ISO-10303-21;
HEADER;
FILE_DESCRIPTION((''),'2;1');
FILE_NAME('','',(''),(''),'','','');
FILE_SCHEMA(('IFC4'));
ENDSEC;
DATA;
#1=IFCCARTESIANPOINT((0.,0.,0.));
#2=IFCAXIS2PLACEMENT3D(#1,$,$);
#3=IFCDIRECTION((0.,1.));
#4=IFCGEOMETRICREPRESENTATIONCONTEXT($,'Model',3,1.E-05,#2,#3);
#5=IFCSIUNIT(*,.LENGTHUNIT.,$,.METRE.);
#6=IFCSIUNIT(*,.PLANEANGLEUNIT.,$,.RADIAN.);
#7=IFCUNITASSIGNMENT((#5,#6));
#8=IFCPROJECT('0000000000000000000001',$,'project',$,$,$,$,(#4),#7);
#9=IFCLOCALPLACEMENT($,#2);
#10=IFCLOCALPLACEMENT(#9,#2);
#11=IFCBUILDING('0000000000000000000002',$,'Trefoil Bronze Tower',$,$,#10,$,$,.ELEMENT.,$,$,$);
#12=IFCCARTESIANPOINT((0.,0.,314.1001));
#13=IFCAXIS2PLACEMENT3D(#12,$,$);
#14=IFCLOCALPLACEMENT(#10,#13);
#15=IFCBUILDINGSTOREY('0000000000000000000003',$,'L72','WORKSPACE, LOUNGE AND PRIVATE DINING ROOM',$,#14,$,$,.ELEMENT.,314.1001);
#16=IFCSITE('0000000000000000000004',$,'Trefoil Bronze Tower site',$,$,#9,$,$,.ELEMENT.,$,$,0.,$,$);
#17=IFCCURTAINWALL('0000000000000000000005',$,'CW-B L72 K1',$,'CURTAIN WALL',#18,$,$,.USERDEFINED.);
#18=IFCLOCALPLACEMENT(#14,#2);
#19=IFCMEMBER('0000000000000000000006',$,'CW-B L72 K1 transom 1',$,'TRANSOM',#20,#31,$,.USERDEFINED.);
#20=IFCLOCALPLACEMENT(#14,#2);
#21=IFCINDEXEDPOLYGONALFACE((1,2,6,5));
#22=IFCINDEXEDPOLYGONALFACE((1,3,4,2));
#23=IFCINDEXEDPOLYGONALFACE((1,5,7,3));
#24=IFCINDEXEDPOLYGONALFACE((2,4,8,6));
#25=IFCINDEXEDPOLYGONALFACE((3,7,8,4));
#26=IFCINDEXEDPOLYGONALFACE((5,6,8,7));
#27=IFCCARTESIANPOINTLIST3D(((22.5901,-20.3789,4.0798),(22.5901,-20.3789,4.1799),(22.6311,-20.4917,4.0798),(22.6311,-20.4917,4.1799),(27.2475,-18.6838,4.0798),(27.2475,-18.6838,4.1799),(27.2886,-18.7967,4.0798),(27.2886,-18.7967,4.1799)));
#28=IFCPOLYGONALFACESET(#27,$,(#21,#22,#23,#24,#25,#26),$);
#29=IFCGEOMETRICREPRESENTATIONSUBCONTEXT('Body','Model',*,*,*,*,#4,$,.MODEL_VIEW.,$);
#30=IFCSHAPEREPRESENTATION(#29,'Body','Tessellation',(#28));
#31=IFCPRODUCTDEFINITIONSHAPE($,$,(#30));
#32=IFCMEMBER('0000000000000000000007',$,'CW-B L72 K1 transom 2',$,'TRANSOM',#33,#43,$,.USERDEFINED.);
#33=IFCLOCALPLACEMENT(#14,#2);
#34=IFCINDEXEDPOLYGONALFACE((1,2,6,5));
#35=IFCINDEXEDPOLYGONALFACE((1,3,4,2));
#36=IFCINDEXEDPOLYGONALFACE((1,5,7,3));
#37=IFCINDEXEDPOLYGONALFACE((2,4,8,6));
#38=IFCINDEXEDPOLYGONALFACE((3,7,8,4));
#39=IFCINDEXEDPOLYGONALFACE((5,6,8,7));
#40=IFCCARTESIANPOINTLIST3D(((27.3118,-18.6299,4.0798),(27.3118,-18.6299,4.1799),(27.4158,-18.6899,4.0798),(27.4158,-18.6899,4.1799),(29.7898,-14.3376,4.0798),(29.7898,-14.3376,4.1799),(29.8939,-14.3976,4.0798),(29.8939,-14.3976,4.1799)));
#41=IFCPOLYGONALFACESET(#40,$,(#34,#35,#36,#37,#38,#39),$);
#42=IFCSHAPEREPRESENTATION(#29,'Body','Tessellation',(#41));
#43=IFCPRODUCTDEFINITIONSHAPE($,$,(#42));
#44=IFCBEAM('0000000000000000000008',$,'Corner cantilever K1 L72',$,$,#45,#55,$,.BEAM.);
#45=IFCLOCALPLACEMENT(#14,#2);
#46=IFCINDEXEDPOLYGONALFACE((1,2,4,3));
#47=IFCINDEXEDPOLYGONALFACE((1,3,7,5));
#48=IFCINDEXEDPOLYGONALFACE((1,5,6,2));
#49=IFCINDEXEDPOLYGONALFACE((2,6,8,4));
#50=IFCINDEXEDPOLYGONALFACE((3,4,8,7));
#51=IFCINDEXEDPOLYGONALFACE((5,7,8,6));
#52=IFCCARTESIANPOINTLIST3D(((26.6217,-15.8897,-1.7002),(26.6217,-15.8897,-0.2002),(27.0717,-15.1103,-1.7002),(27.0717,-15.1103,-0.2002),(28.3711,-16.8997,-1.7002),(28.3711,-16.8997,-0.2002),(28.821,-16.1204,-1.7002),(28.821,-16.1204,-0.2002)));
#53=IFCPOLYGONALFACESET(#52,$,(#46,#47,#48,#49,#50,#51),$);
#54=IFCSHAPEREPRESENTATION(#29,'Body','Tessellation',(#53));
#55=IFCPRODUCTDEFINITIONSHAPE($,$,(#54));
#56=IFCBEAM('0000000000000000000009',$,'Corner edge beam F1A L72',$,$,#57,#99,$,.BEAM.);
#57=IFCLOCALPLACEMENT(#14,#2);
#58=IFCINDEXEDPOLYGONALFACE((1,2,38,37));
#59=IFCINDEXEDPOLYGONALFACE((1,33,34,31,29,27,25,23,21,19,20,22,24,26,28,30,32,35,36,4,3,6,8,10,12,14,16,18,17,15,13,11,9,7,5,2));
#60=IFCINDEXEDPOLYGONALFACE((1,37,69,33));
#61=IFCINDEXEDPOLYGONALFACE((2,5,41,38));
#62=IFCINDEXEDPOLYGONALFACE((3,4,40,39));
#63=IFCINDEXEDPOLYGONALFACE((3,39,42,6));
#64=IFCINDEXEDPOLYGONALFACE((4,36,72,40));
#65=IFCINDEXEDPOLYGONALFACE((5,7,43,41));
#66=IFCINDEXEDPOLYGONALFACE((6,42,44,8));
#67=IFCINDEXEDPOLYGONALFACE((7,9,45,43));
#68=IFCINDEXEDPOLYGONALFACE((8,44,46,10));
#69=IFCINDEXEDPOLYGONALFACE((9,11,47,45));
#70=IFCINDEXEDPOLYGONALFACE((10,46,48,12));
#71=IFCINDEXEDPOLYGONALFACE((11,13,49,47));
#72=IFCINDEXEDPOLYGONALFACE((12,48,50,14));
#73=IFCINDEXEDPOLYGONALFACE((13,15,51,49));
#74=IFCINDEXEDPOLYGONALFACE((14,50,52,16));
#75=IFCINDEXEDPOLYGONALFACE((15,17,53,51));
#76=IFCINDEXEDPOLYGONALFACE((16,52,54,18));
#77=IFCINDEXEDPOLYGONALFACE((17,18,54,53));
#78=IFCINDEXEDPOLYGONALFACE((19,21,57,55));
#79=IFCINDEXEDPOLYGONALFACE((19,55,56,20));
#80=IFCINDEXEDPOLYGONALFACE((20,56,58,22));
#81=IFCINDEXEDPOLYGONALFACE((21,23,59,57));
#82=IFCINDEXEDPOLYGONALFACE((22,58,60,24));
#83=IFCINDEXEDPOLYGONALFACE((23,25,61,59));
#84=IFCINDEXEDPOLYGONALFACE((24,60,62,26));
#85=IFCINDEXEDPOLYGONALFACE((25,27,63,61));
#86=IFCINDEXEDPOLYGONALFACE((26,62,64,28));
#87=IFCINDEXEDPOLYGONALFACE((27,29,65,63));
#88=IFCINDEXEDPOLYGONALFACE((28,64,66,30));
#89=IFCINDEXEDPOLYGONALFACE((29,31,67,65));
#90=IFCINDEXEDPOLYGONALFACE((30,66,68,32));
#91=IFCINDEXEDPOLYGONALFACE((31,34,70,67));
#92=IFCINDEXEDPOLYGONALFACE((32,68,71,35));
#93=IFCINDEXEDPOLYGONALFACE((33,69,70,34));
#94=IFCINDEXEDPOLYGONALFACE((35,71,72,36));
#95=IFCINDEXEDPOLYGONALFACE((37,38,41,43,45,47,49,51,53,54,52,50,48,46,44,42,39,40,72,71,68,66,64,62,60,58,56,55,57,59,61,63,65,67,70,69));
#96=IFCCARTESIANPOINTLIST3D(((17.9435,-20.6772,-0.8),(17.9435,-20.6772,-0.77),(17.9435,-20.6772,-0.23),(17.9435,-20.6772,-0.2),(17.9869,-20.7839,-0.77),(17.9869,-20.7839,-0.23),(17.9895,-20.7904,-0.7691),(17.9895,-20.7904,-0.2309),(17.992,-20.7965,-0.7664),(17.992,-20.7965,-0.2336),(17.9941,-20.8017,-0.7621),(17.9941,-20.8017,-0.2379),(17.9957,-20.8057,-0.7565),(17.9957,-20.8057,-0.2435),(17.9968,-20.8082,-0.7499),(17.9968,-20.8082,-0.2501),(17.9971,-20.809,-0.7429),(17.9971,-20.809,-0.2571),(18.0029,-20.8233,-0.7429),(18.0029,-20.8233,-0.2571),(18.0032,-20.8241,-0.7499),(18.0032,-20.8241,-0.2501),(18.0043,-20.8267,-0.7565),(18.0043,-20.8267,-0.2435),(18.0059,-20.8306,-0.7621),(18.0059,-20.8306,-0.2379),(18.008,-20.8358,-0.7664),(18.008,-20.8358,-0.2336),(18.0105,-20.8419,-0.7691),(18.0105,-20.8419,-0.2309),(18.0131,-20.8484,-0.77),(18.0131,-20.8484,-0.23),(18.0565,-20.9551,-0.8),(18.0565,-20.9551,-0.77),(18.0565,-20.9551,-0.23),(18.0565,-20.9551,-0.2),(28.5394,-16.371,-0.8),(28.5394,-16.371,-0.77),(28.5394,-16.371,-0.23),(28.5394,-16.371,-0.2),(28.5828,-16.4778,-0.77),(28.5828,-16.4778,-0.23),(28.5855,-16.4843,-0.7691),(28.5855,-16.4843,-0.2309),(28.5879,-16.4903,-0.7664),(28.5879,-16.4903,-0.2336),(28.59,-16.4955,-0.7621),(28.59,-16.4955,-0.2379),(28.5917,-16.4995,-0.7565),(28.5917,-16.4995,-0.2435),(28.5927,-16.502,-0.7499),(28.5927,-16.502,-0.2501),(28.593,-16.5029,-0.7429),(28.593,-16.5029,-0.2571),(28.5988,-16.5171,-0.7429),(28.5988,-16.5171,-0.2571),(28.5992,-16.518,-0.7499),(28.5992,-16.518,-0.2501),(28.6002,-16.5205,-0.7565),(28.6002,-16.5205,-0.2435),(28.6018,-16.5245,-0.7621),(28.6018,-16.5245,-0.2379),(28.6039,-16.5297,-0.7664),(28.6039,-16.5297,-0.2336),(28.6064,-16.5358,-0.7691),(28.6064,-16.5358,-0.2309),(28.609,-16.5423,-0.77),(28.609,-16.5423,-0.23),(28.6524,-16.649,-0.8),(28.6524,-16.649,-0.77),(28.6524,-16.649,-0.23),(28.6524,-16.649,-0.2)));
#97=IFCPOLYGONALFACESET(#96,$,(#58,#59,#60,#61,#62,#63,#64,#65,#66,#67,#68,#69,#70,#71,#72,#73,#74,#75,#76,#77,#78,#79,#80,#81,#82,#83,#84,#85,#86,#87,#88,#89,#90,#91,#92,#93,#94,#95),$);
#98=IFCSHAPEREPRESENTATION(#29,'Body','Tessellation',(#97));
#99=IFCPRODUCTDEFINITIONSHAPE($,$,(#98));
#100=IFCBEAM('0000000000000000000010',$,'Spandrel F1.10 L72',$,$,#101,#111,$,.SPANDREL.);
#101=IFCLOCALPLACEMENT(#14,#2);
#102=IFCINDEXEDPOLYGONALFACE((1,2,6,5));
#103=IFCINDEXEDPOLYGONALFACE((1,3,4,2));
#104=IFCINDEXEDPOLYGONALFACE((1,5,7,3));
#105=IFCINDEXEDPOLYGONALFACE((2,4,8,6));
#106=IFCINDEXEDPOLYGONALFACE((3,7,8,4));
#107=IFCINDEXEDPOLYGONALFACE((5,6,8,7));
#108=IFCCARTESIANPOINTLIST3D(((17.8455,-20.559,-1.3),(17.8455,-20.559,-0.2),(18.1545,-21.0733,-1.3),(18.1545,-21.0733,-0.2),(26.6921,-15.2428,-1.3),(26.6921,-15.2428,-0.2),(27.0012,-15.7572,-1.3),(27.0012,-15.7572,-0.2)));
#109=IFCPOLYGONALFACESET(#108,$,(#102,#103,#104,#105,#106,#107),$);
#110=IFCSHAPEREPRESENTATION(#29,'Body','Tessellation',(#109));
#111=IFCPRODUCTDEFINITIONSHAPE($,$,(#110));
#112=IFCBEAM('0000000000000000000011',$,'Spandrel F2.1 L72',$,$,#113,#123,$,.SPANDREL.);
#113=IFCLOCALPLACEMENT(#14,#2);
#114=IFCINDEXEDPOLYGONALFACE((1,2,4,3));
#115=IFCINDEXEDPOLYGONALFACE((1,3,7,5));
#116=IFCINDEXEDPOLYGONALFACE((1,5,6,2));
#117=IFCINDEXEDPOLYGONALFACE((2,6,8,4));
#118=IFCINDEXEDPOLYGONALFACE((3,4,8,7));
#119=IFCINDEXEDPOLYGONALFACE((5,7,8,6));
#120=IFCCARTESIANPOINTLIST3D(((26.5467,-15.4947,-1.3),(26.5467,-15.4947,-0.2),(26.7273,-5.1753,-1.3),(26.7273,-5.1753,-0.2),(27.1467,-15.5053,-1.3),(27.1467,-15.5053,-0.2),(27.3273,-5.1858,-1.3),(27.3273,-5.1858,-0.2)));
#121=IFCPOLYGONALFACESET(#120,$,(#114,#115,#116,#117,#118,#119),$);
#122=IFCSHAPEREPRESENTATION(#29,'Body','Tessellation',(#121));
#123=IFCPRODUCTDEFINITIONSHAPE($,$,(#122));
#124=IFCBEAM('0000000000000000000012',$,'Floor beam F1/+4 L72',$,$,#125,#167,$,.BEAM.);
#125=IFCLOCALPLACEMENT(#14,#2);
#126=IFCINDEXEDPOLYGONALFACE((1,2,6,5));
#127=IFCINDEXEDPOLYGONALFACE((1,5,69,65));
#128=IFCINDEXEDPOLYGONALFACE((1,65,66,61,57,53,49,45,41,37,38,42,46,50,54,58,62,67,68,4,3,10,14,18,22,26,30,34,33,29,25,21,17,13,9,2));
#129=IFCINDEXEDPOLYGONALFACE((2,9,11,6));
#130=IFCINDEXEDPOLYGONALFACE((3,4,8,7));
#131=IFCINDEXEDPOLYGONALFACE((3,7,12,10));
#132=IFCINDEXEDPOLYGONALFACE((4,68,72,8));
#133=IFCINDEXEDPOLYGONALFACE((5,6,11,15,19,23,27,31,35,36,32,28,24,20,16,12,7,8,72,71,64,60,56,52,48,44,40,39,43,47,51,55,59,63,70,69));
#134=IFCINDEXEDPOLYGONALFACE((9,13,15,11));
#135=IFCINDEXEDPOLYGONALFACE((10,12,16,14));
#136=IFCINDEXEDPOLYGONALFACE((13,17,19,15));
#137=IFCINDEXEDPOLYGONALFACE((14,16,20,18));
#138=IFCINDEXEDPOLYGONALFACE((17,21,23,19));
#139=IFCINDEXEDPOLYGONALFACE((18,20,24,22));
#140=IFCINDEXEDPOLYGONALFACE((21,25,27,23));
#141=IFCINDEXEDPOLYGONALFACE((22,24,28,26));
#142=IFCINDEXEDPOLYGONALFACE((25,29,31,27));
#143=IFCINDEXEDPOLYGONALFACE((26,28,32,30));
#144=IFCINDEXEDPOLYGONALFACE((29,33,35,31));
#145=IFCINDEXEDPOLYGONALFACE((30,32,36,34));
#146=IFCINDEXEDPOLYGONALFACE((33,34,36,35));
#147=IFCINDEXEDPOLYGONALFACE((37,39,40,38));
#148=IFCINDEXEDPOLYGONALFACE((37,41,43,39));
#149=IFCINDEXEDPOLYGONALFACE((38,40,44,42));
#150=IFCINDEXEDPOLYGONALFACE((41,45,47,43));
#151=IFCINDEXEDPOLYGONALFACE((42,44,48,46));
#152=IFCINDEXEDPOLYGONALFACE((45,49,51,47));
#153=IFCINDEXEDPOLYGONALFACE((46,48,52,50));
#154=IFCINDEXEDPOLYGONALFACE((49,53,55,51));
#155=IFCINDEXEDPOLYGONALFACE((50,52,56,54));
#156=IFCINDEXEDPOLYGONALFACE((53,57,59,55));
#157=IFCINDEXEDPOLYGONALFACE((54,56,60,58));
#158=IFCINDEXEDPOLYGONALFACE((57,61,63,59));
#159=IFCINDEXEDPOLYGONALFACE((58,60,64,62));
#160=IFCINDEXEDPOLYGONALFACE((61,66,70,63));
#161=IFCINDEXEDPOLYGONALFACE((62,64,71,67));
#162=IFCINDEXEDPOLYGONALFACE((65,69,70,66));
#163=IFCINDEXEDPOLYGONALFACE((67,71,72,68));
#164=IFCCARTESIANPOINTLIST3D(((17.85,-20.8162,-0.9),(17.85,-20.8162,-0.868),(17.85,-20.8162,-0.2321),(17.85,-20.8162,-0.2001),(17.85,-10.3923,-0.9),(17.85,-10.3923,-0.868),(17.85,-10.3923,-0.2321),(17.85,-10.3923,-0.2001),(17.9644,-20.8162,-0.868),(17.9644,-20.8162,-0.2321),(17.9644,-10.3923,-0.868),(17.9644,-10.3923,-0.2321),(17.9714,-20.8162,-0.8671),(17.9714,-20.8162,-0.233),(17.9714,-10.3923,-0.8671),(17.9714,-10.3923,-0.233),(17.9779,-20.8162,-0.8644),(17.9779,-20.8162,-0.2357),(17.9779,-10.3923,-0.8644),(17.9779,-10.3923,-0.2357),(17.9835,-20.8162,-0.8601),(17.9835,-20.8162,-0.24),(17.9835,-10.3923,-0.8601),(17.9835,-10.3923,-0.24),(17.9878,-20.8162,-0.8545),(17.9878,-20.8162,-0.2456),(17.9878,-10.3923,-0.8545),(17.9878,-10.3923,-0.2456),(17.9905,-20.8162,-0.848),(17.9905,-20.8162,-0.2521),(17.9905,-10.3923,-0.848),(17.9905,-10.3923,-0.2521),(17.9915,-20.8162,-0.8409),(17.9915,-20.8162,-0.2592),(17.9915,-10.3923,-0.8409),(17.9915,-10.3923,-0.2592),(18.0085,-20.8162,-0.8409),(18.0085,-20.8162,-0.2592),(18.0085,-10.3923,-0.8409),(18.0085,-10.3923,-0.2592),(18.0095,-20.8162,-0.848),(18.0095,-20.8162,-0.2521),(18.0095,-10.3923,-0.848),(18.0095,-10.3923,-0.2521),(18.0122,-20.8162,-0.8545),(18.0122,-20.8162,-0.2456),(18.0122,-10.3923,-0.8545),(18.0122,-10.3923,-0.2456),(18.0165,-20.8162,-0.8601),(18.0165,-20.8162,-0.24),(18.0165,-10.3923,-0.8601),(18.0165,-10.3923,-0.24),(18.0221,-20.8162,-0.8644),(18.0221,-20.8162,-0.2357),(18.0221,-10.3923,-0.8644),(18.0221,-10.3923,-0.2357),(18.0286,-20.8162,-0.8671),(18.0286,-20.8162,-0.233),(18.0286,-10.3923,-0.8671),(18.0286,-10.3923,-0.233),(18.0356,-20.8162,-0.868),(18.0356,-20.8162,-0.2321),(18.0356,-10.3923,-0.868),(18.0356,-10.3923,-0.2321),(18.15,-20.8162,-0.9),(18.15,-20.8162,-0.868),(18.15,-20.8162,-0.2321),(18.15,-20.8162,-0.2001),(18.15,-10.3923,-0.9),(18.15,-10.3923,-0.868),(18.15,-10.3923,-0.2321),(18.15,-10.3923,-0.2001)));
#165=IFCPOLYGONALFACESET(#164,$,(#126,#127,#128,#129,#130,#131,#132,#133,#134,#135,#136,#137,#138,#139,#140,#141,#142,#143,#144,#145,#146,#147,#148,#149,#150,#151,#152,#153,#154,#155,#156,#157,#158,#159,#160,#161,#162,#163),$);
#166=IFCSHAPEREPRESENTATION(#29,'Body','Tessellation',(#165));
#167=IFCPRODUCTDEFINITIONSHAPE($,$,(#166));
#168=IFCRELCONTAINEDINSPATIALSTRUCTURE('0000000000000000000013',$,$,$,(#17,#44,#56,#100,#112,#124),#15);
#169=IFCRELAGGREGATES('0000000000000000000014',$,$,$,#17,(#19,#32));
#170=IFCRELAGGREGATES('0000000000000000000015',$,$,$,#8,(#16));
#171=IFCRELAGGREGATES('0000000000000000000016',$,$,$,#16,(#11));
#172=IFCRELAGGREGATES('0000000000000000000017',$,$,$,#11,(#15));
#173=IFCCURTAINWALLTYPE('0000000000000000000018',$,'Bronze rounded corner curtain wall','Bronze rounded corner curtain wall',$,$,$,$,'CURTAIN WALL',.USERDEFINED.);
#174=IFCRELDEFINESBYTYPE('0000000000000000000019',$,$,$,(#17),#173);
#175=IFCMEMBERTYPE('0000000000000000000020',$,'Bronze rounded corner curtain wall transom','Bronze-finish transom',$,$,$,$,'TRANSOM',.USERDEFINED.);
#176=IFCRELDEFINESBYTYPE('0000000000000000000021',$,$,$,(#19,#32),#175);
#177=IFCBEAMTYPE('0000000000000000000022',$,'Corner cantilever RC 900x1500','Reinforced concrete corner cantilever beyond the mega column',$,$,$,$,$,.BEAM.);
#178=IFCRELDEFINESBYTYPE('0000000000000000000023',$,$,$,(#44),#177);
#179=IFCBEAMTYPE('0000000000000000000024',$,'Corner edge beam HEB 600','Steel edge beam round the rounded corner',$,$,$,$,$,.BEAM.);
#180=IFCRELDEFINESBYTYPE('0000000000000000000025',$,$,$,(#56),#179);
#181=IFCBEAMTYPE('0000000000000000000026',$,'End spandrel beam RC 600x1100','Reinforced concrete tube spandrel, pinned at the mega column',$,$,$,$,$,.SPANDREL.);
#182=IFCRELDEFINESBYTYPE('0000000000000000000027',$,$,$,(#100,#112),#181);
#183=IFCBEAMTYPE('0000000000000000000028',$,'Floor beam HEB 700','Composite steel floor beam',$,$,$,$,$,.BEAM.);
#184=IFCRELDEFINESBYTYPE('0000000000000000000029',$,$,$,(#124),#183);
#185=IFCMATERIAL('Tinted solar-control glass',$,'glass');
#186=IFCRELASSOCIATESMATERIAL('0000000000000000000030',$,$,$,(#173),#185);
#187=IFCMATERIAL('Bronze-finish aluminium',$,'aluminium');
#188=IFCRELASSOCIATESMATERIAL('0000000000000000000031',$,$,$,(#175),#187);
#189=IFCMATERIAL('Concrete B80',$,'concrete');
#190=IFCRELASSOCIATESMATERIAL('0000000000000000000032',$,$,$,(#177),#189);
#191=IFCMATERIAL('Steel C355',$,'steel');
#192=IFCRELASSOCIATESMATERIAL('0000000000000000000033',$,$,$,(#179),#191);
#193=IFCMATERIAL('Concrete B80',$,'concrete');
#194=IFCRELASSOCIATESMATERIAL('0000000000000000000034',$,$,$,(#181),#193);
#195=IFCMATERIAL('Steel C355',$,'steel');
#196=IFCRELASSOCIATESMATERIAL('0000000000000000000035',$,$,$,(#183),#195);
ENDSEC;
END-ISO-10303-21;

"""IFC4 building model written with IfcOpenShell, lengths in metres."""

from ifc_helpers import new_model, si_unit, direction, frame, origin, origin_2d, place, context, subcontext, project, spatial, rectangle, i_section, extrude, material, material_profile, profile_set, type_object, element, aggregate, save


model = new_model("IFC4")

# Units and contexts
model_context = context("Model", 3, precision=1e-05, world=origin(), true_north=direction((0.0, 1.0)))
body_context = subcontext(model_context, "Body", "Model", "MODEL_VIEW")
ifc_project = project(units=[si_unit("LENGTHUNIT", "METRE"), si_unit("PLANEANGLEUNIT", "RADIAN")], contexts=[model_context])

# Site, building, storey
site_placement = place(None, origin())
site = spatial("IfcSite", under=ifc_project, at=site_placement, Name="Trefoil Bronze Tower site", CompositionType="ELEMENT", RefElevation=0.0)
building_placement = place(site_placement, origin())
building = spatial("IfcBuilding", under=site, at=building_placement, Name="Trefoil Bronze Tower", CompositionType="ELEMENT")
storey_placement = place(building_placement, frame((0.0, 0.0, 314.1001)))
storey = spatial("IfcBuildingStorey", under=building, at=storey_placement, Name="L72", Description="WORKSPACE, LOUNGE AND PRIVATE DINING ROOM", CompositionType="ELEMENT", Elevation=314.1001)

# Curtain wall, members
ifc_material_1 = material(Name="Tinted solar-control glass", Category="glass")
curtain_wall_type_1 = type_object("IfcCurtainWallType", Name="Bronze rounded corner curtain wall", Description="Bronze rounded corner curtain wall", ElementType="CURTAIN WALL", PredefinedType="USERDEFINED", material=ifc_material_1)
curtain_wall_1_placement = place(storey_placement, origin())
curtain_wall_1 = element("IfcCurtainWall", 1, at=curtain_wall_1_placement, inside=storey, type_object=curtain_wall_type_1, Name="CW-B L72 K1", ObjectType="CURTAIN WALL", PredefinedType="USERDEFINED")
ifc_material_2 = material(Name="Bronze-finish aluminium", Category="aluminium")
ifc_material_profile_1 = material_profile(ifc_material_2, rectangle(XDim=0.1201, YDim=0.1001, at=origin_2d()), Name="CW-B transom")
ifc_profile_set_1 = profile_set([ifc_material_profile_1], Name="Bronze-finish aluminium")
member_type_1 = type_object("IfcMemberType", Name="Bronze rounded corner curtain wall transom", Description="Bronze-finish transom", ElementType="TRANSOM", PredefinedType="USERDEFINED", material=ifc_profile_set_1)
member_1_placement = place(storey_placement, frame((22.6106, -20.4353, 4.1299), z_axis=(0.9397, 0.342, 0.0), x_axis=(-0.342, 0.9397, 0.0)))
member_1 = element("IfcMember", 2, at=member_1_placement, type_object=member_type_1, Name="CW-B L72 K1 transom 1", ObjectType="TRANSOM", PredefinedType="USERDEFINED", context=body_context, shape_type="SweptSolid", body=[
    extrude(rectangle(XDim=0.1201, YDim=0.1001, at=origin_2d()), origin(), (0.0, 0.0, 1.0), 4.9563),
])
member_2_placement = place(storey_placement, frame((27.3638, -18.6599, 4.1299), z_axis=(0.499985, 0.866034, 0.0), x_axis=(-0.866034, 0.499985, 0.0)))
member_2 = element("IfcMember", 3, at=member_2_placement, type_object=member_type_1, Name="CW-B L72 K1 transom 2", ObjectType="TRANSOM", PredefinedType="USERDEFINED", context=body_context, shape_type="SweptSolid", body=[
    extrude(rectangle(XDim=0.1201, YDim=0.1001, at=origin_2d()), origin(), (0.0, 0.0, 1.0), 4.9563),
])

# Beams
ifc_material_3 = material(Name="Concrete B80", Category="concrete")
ifc_material_profile_2 = material_profile(ifc_material_3, rectangle(XDim=0.8999, YDim=1.5, at=origin_2d()), Name="RC 900x1500")
ifc_profile_set_2 = profile_set([ifc_material_profile_2], Name="Concrete B80")
beam_type_1 = type_object("IfcBeamType", Name="Corner cantilever RC 900x1500", Description="Reinforced concrete corner cantilever beyond the mega column", PredefinedType="BEAM", material=ifc_profile_set_2)
beam_1_placement = place(storey_placement, frame((26.8467, -15.5, -0.9502), z_axis=(0.86601, -0.500026, 0.0), x_axis=(0.500026, 0.86601, 0.0)))
element("IfcBeam", 4, at=beam_1_placement, inside=storey, type_object=beam_type_1, Name="Corner cantilever K1 L72", PredefinedType="BEAM", context=body_context, shape_type="SweptSolid", body=[
    extrude(rectangle(XDim=0.8999, YDim=1.5, at=origin_2d()), origin(), (0.0, 0.0, 1.0), 2.02),
])
ifc_material_4 = material(Name="Steel C355", Category="steel")
ifc_material_profile_3 = material_profile(ifc_material_4, i_section(OverallWidth=0.3, OverallDepth=0.6001, WebThickness=0.0154, FlangeThickness=0.03, FilletRadius=0.0271, at=origin_2d()), Name="HEB 600")
ifc_profile_set_3 = profile_set([ifc_material_profile_3], Name="Steel C355")
beam_type_2 = type_object("IfcBeamType", Name="Corner edge beam HEB 600", Description="Steel edge beam round the rounded corner", PredefinedType="BEAM", material=ifc_profile_set_3)
beam_2_placement = place(storey_placement, frame((18.0, -20.8162, -0.5), z_axis=(0.926419, 0.376493, 0.0), x_axis=(-0.376493, 0.926419, 0.0)))
element("IfcBeam", 5, at=beam_2_placement, inside=storey, type_object=beam_type_2, Name="Corner edge beam F1A L72", PredefinedType="BEAM", context=body_context, shape_type="SweptSolid", body=[
    extrude(i_section(OverallWidth=0.3, OverallDepth=0.6001, WebThickness=0.0154, FlangeThickness=0.03, FilletRadius=0.0271, at=origin_2d()), origin(), (0.0, 0.0, 1.0), 11.4375),
])
ifc_material_5 = material(Name="Concrete B80", Category="concrete")
ifc_material_profile_4 = material_profile(ifc_material_5, rectangle(XDim=0.6001, YDim=1.1001, at=origin_2d()), Name="RC 600x1100")
ifc_profile_set_4 = profile_set([ifc_material_profile_4], Name="Concrete B80")
beam_type_3 = type_object("IfcBeamType", Name="End spandrel beam RC 600x1100", Description="Reinforced concrete tube spandrel, pinned at the mega column", PredefinedType="SPANDREL", material=ifc_profile_set_4)
for number, where, z_axis, x_axis, name in (
    (6, (18.0, -20.8162, -0.75), (0.857144, 0.515077, 0.0), (-0.515077, 0.857144, 0.0), "Spandrel F1.10 L72"),
    (7, (26.8467, -15.5, -0.75), (0.017504, 0.999847, 0.0), (-0.999847, 0.017504, 0.0), "Spandrel F2.1 L72"),
):
    element("IfcBeam", number, at=place(storey_placement, frame(where, z_axis=z_axis, x_axis=x_axis)), inside=storey, type_object=beam_type_3, Name=name, PredefinedType="SPANDREL", context=body_context, shape_type="SweptSolid", body=[
        extrude(rectangle(XDim=0.6001, YDim=1.1001, at=origin_2d()), origin(), (0.0, 0.0, 1.0), 10.321),
    ])
ifc_material_6 = material(Name="Steel C355", Category="steel")
ifc_material_profile_5 = material_profile(ifc_material_6, i_section(OverallWidth=0.3, OverallDepth=0.7, WebThickness=0.0171, FlangeThickness=0.032, FilletRadius=0.0271, at=origin_2d()), Name="HEB 700")
ifc_profile_set_5 = profile_set([ifc_material_profile_5], Name="Steel C355")
beam_type_4 = type_object("IfcBeamType", Name="Floor beam HEB 700", Description="Composite steel floor beam", PredefinedType="BEAM", material=ifc_profile_set_5)
beam_3_placement = place(storey_placement, frame((18.0, -20.8162, -0.55), z_axis=(0.0, 1.0, 0.0), x_axis=(-1.0, 0.0, 0.0)))
element("IfcBeam", 8, at=beam_3_placement, inside=storey, type_object=beam_type_4, Name="Floor beam F1/+4 L72", PredefinedType="BEAM", context=body_context, shape_type="SweptSolid", body=[
    extrude(i_section(OverallWidth=0.3, OverallDepth=0.7, WebThickness=0.0171, FlangeThickness=0.032, FilletRadius=0.0271, at=origin_2d()), origin(), (0.0, 0.0, 1.0), 10.4238),
])

aggregate(curtain_wall_1, [member_1, member_2])

save(model, "model.ifc")
